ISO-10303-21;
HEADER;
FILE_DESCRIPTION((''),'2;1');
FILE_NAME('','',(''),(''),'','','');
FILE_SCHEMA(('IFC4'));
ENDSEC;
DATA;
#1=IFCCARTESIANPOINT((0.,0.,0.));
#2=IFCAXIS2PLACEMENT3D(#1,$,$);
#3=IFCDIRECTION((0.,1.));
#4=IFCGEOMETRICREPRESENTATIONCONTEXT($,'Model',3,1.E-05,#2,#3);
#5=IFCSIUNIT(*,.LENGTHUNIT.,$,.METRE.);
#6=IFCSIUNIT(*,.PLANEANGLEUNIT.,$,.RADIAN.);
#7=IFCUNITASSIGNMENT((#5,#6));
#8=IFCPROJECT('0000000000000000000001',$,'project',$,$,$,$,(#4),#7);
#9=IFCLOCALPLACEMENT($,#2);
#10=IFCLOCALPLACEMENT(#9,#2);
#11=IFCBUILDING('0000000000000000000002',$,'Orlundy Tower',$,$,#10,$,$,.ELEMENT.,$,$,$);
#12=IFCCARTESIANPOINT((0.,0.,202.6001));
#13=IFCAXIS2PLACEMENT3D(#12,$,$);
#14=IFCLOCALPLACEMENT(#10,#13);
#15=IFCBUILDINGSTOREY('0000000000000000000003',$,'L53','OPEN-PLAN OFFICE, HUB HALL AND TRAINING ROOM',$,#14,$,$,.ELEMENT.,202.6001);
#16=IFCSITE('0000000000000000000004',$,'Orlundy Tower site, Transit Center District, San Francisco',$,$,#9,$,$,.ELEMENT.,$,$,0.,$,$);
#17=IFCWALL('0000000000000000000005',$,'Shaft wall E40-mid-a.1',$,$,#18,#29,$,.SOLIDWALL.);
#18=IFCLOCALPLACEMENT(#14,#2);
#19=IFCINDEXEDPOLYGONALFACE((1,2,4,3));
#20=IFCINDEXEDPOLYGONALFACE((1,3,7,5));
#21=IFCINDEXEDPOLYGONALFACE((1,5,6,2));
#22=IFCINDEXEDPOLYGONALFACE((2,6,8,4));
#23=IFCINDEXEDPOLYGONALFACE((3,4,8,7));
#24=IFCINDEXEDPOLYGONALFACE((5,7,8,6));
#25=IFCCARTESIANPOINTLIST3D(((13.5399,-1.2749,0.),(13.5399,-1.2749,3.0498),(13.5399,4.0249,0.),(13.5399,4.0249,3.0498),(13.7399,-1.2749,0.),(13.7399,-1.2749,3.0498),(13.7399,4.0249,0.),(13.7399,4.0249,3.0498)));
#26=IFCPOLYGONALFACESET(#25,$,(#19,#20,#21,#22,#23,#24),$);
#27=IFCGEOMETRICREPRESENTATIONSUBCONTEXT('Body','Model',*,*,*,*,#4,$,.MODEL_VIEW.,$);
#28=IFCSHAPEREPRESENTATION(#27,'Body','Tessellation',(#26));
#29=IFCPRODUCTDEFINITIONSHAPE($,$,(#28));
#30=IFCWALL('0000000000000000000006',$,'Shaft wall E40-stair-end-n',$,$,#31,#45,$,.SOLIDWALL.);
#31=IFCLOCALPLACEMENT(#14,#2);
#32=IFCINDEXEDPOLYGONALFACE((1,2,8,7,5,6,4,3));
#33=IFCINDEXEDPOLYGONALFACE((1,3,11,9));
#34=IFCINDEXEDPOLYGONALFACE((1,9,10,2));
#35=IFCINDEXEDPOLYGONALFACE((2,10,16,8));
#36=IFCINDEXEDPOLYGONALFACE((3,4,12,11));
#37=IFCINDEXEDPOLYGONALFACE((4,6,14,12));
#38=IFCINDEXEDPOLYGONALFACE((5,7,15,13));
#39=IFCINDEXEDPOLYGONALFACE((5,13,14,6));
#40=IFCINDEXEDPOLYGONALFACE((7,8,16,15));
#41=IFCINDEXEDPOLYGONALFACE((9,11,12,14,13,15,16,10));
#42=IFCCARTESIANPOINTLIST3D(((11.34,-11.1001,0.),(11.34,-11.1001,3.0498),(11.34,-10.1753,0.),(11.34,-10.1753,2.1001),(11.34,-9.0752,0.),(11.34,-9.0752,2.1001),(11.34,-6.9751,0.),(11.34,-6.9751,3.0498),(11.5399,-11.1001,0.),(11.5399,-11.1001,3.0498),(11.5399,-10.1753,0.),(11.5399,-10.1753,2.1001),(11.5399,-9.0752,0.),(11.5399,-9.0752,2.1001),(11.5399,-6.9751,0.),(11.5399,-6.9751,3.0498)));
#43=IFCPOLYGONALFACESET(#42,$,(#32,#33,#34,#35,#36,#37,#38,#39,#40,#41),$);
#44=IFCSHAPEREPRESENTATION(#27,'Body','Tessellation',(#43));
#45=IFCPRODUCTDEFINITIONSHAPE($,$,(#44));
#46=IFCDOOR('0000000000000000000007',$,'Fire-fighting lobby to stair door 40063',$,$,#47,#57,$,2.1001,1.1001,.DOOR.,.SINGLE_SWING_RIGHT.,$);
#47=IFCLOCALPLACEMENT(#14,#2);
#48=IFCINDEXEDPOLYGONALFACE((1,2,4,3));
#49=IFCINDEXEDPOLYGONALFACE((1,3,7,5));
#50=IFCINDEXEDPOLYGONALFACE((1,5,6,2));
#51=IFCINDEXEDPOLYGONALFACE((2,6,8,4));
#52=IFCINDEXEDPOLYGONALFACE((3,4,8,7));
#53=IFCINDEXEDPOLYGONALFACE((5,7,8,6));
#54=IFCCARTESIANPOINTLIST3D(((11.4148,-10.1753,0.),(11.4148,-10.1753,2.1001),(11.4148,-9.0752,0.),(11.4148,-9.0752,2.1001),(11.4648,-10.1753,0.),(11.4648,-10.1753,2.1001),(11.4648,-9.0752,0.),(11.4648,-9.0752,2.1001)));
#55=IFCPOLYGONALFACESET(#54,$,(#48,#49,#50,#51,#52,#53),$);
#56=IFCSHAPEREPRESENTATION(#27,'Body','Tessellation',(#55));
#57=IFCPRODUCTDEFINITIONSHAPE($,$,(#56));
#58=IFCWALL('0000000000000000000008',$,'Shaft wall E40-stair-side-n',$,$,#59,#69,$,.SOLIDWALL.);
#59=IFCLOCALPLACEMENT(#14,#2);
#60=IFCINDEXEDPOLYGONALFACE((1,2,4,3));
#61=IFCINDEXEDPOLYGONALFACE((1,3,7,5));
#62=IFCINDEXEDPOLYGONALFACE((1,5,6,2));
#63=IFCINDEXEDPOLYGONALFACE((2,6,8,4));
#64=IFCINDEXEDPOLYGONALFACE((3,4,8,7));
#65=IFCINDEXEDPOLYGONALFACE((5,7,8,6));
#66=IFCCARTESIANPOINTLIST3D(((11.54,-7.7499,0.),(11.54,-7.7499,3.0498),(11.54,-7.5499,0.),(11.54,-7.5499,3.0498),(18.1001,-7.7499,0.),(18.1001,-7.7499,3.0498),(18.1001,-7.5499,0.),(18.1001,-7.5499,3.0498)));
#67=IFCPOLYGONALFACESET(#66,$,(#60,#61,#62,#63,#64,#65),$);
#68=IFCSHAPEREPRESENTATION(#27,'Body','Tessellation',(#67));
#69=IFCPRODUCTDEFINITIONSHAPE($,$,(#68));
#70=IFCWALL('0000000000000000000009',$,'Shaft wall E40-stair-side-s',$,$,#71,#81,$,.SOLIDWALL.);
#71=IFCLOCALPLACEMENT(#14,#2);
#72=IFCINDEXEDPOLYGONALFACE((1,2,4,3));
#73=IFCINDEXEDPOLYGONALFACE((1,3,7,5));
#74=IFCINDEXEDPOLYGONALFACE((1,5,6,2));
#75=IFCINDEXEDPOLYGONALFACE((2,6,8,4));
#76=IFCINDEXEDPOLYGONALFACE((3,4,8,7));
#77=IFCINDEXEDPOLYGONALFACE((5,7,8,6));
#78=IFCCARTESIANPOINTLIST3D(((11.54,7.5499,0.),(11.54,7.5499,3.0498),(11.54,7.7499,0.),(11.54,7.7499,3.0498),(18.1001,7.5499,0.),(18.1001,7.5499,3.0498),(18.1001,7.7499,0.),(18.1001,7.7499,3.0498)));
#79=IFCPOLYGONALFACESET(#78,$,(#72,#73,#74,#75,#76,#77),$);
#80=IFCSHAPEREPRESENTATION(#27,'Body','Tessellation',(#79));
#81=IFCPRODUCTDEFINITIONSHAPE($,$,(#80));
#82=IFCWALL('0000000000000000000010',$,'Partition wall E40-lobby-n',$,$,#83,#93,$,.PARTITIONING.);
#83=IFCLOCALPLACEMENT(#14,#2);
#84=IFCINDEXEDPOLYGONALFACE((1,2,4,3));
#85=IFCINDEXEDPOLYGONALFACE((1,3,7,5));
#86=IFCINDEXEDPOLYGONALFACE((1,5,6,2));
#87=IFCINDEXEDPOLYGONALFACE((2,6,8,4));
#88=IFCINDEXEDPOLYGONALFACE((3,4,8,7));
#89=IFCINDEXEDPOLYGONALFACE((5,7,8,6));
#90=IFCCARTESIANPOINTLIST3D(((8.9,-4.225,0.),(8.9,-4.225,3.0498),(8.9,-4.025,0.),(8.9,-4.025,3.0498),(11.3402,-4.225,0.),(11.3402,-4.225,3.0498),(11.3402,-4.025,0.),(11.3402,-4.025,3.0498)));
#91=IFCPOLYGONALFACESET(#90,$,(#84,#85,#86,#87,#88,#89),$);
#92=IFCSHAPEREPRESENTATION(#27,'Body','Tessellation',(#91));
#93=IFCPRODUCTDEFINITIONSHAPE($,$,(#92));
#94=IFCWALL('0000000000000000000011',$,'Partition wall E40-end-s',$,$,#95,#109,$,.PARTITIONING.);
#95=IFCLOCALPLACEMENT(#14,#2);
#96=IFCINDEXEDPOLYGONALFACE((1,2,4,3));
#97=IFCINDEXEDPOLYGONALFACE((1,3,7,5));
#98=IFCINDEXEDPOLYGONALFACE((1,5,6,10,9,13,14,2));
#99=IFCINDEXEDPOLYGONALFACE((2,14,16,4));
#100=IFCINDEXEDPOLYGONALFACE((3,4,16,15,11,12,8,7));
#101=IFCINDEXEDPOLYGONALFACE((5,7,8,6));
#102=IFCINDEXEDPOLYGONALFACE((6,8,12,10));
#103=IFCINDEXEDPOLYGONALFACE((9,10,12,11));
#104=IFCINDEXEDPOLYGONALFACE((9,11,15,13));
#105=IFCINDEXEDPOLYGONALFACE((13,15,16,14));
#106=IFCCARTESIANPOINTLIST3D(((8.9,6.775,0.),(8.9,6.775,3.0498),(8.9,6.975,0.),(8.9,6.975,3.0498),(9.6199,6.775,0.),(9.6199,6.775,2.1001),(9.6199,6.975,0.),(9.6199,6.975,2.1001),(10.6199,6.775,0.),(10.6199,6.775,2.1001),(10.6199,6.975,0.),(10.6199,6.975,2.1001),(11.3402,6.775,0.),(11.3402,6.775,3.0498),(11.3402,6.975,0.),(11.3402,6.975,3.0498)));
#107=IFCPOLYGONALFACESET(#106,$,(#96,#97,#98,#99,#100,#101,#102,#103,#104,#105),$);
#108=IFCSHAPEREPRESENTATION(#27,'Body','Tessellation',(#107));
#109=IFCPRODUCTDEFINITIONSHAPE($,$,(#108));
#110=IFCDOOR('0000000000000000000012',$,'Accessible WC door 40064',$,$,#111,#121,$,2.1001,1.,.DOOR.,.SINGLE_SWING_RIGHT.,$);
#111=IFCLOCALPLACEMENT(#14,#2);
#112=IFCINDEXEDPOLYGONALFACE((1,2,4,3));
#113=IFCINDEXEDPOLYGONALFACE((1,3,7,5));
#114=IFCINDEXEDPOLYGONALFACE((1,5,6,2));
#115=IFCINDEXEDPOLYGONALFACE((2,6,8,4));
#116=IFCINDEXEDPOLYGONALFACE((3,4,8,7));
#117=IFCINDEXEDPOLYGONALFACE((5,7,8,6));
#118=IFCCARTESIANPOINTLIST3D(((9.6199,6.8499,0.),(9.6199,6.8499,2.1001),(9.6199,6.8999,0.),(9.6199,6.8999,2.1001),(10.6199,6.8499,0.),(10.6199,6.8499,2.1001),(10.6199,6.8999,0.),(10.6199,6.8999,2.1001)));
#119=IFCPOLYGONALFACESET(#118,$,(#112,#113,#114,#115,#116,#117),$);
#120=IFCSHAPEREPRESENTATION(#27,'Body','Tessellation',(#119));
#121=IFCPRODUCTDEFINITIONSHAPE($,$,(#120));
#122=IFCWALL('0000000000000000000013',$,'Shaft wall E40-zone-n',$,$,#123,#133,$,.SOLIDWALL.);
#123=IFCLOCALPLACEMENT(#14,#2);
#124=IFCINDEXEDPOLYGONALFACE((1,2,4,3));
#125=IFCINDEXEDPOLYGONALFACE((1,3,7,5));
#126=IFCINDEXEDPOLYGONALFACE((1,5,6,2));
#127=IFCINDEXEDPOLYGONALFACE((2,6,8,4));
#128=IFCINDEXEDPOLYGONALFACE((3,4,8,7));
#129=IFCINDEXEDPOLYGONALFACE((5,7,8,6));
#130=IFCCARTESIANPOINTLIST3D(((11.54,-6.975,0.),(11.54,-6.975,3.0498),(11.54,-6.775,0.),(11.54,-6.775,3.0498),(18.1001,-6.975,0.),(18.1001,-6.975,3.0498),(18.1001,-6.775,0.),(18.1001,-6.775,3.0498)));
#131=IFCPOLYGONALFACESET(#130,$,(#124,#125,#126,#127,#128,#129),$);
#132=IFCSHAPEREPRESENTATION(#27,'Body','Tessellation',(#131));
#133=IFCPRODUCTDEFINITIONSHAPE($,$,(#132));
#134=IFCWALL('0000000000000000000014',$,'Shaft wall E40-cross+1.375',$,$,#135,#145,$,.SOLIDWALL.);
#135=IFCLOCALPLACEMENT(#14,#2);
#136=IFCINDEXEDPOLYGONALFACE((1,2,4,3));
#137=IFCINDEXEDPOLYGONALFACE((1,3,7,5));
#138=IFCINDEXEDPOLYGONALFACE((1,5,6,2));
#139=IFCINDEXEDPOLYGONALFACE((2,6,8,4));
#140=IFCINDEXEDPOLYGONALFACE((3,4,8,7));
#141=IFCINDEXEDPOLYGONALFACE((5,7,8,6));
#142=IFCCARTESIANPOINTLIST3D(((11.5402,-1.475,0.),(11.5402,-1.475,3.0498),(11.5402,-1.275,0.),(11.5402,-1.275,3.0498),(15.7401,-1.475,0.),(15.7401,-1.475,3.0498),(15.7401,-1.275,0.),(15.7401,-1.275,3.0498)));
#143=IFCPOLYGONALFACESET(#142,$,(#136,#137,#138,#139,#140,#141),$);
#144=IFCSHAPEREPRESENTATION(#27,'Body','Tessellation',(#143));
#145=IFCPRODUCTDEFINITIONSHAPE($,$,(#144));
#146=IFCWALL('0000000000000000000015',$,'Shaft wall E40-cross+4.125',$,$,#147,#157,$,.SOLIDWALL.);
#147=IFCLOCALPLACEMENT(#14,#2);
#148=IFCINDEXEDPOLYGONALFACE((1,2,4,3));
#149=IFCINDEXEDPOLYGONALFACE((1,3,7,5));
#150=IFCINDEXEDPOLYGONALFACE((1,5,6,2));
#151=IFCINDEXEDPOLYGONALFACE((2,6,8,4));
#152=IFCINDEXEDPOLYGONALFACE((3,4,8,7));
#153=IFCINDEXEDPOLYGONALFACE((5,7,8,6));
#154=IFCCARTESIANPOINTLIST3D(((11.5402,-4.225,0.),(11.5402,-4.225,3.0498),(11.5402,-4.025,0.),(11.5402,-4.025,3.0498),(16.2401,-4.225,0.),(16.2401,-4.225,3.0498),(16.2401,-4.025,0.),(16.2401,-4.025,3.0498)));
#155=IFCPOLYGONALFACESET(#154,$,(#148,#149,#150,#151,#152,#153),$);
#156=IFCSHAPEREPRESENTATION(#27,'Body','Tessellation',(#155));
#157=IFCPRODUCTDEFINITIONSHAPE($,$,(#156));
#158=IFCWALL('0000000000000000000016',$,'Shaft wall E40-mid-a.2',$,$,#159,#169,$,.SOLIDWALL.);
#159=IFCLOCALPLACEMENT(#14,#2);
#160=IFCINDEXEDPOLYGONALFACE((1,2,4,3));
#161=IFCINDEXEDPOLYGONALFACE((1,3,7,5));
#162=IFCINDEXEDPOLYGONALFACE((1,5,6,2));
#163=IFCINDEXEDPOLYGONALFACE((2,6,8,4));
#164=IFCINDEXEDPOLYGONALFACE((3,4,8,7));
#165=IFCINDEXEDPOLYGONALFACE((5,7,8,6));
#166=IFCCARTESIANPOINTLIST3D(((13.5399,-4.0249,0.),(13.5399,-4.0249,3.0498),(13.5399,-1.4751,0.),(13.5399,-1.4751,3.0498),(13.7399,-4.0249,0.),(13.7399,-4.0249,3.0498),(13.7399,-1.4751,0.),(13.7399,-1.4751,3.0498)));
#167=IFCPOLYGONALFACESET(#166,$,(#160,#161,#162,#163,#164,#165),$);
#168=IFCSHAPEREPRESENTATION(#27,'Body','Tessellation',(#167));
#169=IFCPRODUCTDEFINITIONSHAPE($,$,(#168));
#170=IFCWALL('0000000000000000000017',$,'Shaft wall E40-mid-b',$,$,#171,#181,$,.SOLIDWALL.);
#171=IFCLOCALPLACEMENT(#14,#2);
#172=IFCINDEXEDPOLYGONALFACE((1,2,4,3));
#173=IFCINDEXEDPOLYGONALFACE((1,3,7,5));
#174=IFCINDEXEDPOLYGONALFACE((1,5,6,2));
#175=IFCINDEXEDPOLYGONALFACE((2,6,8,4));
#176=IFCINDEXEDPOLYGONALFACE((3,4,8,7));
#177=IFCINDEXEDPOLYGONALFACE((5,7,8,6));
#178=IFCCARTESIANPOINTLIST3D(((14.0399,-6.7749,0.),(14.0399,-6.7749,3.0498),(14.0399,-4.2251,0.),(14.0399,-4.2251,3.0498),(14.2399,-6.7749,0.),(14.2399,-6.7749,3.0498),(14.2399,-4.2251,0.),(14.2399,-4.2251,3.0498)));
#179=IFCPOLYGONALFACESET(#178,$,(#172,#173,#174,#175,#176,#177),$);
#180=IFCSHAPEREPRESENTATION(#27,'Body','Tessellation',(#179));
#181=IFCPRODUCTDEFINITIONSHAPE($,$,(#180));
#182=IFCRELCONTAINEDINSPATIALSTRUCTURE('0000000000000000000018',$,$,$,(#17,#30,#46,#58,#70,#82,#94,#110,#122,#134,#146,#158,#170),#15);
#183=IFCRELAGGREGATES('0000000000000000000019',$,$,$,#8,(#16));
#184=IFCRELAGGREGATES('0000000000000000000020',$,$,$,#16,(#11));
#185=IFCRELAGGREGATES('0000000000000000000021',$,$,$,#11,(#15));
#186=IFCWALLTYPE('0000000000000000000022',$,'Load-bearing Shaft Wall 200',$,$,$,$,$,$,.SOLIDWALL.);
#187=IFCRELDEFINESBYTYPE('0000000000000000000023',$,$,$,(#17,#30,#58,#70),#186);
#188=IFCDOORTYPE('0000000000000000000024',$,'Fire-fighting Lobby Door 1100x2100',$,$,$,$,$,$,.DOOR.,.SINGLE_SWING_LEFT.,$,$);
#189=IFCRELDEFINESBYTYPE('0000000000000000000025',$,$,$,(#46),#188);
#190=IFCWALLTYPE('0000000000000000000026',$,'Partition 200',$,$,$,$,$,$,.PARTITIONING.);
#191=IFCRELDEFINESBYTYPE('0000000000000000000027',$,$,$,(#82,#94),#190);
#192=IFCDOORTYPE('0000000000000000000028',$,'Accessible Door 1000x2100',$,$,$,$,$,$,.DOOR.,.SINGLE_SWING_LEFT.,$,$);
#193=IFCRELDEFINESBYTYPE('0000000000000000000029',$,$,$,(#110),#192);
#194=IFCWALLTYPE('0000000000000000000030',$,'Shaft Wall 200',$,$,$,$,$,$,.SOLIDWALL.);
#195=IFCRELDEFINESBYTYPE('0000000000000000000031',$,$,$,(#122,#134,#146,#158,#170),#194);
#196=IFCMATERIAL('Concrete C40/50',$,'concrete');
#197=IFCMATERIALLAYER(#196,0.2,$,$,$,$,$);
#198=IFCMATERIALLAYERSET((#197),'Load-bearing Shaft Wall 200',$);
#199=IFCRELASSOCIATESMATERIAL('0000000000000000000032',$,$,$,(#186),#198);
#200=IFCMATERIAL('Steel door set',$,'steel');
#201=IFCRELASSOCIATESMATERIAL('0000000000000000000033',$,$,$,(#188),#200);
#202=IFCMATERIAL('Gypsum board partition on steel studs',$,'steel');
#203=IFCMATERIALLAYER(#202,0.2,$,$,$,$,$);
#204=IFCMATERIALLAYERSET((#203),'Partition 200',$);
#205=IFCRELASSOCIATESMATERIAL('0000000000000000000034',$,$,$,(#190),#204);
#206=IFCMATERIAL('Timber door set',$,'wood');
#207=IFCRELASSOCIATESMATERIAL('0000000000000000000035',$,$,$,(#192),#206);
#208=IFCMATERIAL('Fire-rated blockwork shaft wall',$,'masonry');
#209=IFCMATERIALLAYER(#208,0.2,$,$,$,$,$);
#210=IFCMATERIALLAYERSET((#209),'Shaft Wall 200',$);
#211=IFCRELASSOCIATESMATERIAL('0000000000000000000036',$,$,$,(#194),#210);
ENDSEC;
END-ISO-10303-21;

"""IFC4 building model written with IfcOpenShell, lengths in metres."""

from ifc_helpers import new_model, si_unit, direction, frame, frame_2d, origin, place, context, subcontext, project, spatial, rectangle, extrude, material, layer, layer_set, type_object, element, fill, save


model = new_model("IFC4")

# Units and contexts
model_context = context("Model", 3, precision=1e-05, world=origin(), true_north=direction((0.0, 1.0)))
body_context = subcontext(model_context, "Body", "Model", "MODEL_VIEW")
ifc_project = project(units=[si_unit("LENGTHUNIT", "METRE"), si_unit("PLANEANGLEUNIT", "RADIAN")], contexts=[model_context])

# Site, building, storey
site_placement = place(None, origin())
site = spatial("IfcSite", under=ifc_project, at=site_placement, Name="Orlundy Tower site, Transit Center District, San Francisco", CompositionType="ELEMENT", RefElevation=0.0)
building_placement = place(site_placement, origin())
building = spatial("IfcBuilding", under=site, at=building_placement, Name="Orlundy Tower", CompositionType="ELEMENT")
storey_placement = place(building_placement, frame((0.0, 0.0, 202.6001)))
storey = spatial("IfcBuildingStorey", under=building, at=storey_placement, Name="L53", Description="OPEN-PLAN OFFICE, HUB HALL AND TRAINING ROOM", CompositionType="ELEMENT", Elevation=202.6001)

# Shared definitions
ifc_material_1 = material(Name="Concrete C40/50", Category="concrete")
ifc_layer_1 = layer(ifc_material_1, 0.2)
ifc_layer_set_1 = layer_set([ifc_layer_1], Name="Load-bearing Shaft Wall 200")
wall_type_1 = type_object("IfcWallType", Name="Load-bearing Shaft Wall 200", PredefinedType="SOLIDWALL", material=ifc_layer_set_1)

# Wall
wall_1_placement = place(storey_placement, frame((13.6399, 4.0249, 0.0), z_axis=(0.0, 0.0, 1.0), x_axis=(0.0, -1.0, 0.0)))
element("IfcWall", 1, at=wall_1_placement, inside=storey, type_object=wall_type_1, Name="Shaft wall E40-mid-a.1", PredefinedType="SOLIDWALL", context=body_context, shape_type="SweptSolid", body=[
    extrude(rectangle(XDim=5.2998, YDim=0.2, at=frame_2d((2.6499, 0.0))), origin(), (0.0, 0.0, 1.0), 3.0498),
])

# Wall, opening, door
wall_2_placement = place(storey_placement, frame((11.4399, -6.9751, 0.0), z_axis=(0.0, 0.0, 1.0), x_axis=(0.0, -1.0, 0.0)))
wall_2 = element("IfcWall", 2, at=wall_2_placement, inside=storey, type_object=wall_type_1, Name="Shaft wall E40-stair-end-n", PredefinedType="SOLIDWALL", context=body_context, shape_type="SweptSolid", body=[
    extrude(rectangle(XDim=4.125, YDim=0.2, at=frame_2d((2.0625, 0.0))), origin(), (0.0, 0.0, 1.0), 3.0498),
])
opening_1_placement = place(wall_2_placement, frame((2.1001, 0.0, 0.0)))
opening_1 = element("IfcOpeningElement", 3, at=opening_1_placement, cuts=wall_2, PredefinedType="OPENING", context=body_context, shape_type="SweptSolid", body=[
    extrude(rectangle(XDim=1.1001, YDim=2.1001, at=frame_2d((0.55, 1.05))), frame((0.0, 0.1101, 0.0), z_axis=(0.0, -1.0, 0.0), x_axis=(1.0, 0.0, 0.0)), (0.0, 0.0, 1.0), 0.2202),
])
ifc_material_2 = material(Name="Steel door set", Category="steel")
door_type_1 = type_object("IfcDoorType", Name="Fire-fighting Lobby Door 1100x2100", OperationType="SINGLE_SWING_LEFT", PredefinedType="DOOR", material=ifc_material_2)
door_1_placement = place(opening_1_placement, origin())
door_1 = element("IfcDoor", 4, at=door_1_placement, inside=storey, type_object=door_type_1, Name="Fire-fighting lobby to stair door 40063", OperationType="SINGLE_SWING_RIGHT", OverallHeight=2.1001, OverallWidth=1.1001, PredefinedType="DOOR", context=body_context, shape_type="SweptSolid", body=[
    extrude(rectangle(XDim=1.1001, YDim=2.1001, at=frame_2d((0.55, 1.05))), frame((0.0, 0.0249, 0.0), z_axis=(0.0, -1.0, 0.0), x_axis=(1.0, 0.0, 0.0)), (0.0, 0.0, 1.0), 0.05),
])
fill(opening_1, door_1)

# Walls
for number, where, z_axis, x_axis, name in (
    (5, (11.54, -7.6499, 0.0), (0.0, 0.0, 1.0), (1.0, 0.0, 0.0), "Shaft wall E40-stair-side-n"),
    (6, (11.54, 7.6499, 0.0), (0.0, 0.0, 1.0), (1.0, 0.0, 0.0), "Shaft wall E40-stair-side-s"),
):
    element("IfcWall", number, at=place(storey_placement, frame(where, z_axis=z_axis, x_axis=x_axis)), inside=storey, type_object=wall_type_1, Name=name, PredefinedType="SOLIDWALL", context=body_context, shape_type="SweptSolid", body=[
        extrude(rectangle(XDim=6.5601, YDim=0.2, at=frame_2d((3.28, 0.0))), origin(), (0.0, 0.0, 1.0), 3.0498),
    ])
ifc_material_3 = material(Name="Gypsum board partition on steel studs", Category="steel")
ifc_layer_2 = layer(ifc_material_3, 0.2)
ifc_layer_set_2 = layer_set([ifc_layer_2], Name="Partition 200")
wall_type_2 = type_object("IfcWallType", Name="Partition 200", PredefinedType="PARTITIONING", material=ifc_layer_set_2)
wall_3_placement = place(storey_placement, frame((8.8999, -4.125, 0.0), z_axis=(0.0, 0.0, 1.0), x_axis=(1.0, 0.0, 0.0)))
element("IfcWall", 7, at=wall_3_placement, inside=storey, type_object=wall_type_2, Name="Partition wall E40-lobby-n", PredefinedType="PARTITIONING", context=body_context, shape_type="SweptSolid", body=[
    extrude(rectangle(XDim=2.4402, YDim=0.2, at=frame_2d((1.2202, 0.0))), origin(), (0.0, 0.0, 1.0), 3.0498),
])

# Wall, opening, door
wall_4_placement = place(storey_placement, frame((8.8999, 6.875, 0.0), z_axis=(0.0, 0.0, 1.0), x_axis=(1.0, 0.0, 0.0)))
wall_4 = element("IfcWall", 8, at=wall_4_placement, inside=storey, type_object=wall_type_2, Name="Partition wall E40-end-s", PredefinedType="PARTITIONING", context=body_context, shape_type="SweptSolid", body=[
    extrude(rectangle(XDim=2.4402, YDim=0.2, at=frame_2d((1.2202, 0.0))), origin(), (0.0, 0.0, 1.0), 3.0498),
])
opening_2_placement = place(wall_4_placement, frame((0.72, 0.0, 0.0)))
opening_2 = element("IfcOpeningElement", 9, at=opening_2_placement, cuts=wall_4, PredefinedType="OPENING", context=body_context, shape_type="SweptSolid", body=[
    extrude(rectangle(XDim=1.0, YDim=2.1001, at=frame_2d((0.5, 1.05))), frame((0.0, 0.1101, 0.0), z_axis=(0.0, -1.0, 0.0), x_axis=(1.0, 0.0, 0.0)), (0.0, 0.0, 1.0), 0.2202),
])
ifc_material_4 = material(Name="Timber door set", Category="wood")
door_type_2 = type_object("IfcDoorType", Name="Accessible Door 1000x2100", OperationType="SINGLE_SWING_LEFT", PredefinedType="DOOR", material=ifc_material_4)
door_2_placement = place(opening_2_placement, origin())
door_2 = element("IfcDoor", 10, at=door_2_placement, inside=storey, type_object=door_type_2, Name="Accessible WC door 40064", OperationType="SINGLE_SWING_RIGHT", OverallHeight=2.1001, OverallWidth=1.0, PredefinedType="DOOR", context=body_context, shape_type="SweptSolid", body=[
    extrude(rectangle(XDim=1.0, YDim=2.1001, at=frame_2d((0.5, 1.05))), frame((0.0, 0.0249, 0.0), z_axis=(0.0, -1.0, 0.0), x_axis=(1.0, 0.0, 0.0)), (0.0, 0.0, 1.0), 0.05),
])
fill(opening_2, door_2)

# Walls
ifc_material_5 = material(Name="Fire-rated blockwork shaft wall", Category="masonry")
ifc_layer_3 = layer(ifc_material_5, 0.2)
ifc_layer_set_3 = layer_set([ifc_layer_3], Name="Shaft Wall 200")
wall_type_3 = type_object("IfcWallType", Name="Shaft Wall 200", PredefinedType="SOLIDWALL", material=ifc_layer_set_3)
wall_5_placement = place(storey_placement, frame((11.54, -6.875, 0.0), z_axis=(0.0, 0.0, 1.0), x_axis=(1.0, 0.0, 0.0)))
element("IfcWall", 11, at=wall_5_placement, inside=storey, type_object=wall_type_3, Name="Shaft wall E40-zone-n", PredefinedType="SOLIDWALL", context=body_context, shape_type="SweptSolid", body=[
    extrude(rectangle(XDim=6.5601, YDim=0.2, at=frame_2d((3.28, 0.0))), origin(), (0.0, 0.0, 1.0), 3.0498),
])
wall_6_placement = place(storey_placement, frame((11.54, -1.375, 0.0), z_axis=(0.0, 0.0, 1.0), x_axis=(1.0, 0.0, 0.0)))
element("IfcWall", 12, at=wall_6_placement, inside=storey, type_object=wall_type_3, Name="Shaft wall E40-cross+1.375", PredefinedType="SOLIDWALL", context=body_context, shape_type="SweptSolid", body=[
    extrude(rectangle(XDim=4.2, YDim=0.2, at=frame_2d((2.1001, 0.0))), origin(), (0.0, 0.0, 1.0), 3.0498),
])
wall_7_placement = place(storey_placement, frame((11.54, -4.125, 0.0), z_axis=(0.0, 0.0, 1.0), x_axis=(1.0, 0.0, 0.0)))
element("IfcWall", 13, at=wall_7_placement, inside=storey, type_object=wall_type_3, Name="Shaft wall E40-cross+4.125", PredefinedType="SOLIDWALL", context=body_context, shape_type="SweptSolid", body=[
    extrude(rectangle(XDim=4.7, YDim=0.2, at=frame_2d((2.3501, 0.0))), origin(), (0.0, 0.0, 1.0), 3.0498),
])
for number, where, z_axis, x_axis, name in (
    (14, (13.6399, -1.4751, 0.0), (0.0, 0.0, 1.0), (0.0, -1.0, 0.0), "Shaft wall E40-mid-a.2"),
    (15, (14.1399, -4.2251, 0.0), (0.0, 0.0, 1.0), (0.0, -1.0, 0.0), "Shaft wall E40-mid-b"),
):
    element("IfcWall", number, at=place(storey_placement, frame(where, z_axis=z_axis, x_axis=x_axis)), inside=storey, type_object=wall_type_3, Name=name, PredefinedType="SOLIDWALL", context=body_context, shape_type="SweptSolid", body=[
        extrude(rectangle(XDim=2.5498, YDim=0.2, at=frame_2d((1.2749, 0.0))), origin(), (0.0, 0.0, 1.0), 3.0498),
    ])

save(model, "model.ifc")
